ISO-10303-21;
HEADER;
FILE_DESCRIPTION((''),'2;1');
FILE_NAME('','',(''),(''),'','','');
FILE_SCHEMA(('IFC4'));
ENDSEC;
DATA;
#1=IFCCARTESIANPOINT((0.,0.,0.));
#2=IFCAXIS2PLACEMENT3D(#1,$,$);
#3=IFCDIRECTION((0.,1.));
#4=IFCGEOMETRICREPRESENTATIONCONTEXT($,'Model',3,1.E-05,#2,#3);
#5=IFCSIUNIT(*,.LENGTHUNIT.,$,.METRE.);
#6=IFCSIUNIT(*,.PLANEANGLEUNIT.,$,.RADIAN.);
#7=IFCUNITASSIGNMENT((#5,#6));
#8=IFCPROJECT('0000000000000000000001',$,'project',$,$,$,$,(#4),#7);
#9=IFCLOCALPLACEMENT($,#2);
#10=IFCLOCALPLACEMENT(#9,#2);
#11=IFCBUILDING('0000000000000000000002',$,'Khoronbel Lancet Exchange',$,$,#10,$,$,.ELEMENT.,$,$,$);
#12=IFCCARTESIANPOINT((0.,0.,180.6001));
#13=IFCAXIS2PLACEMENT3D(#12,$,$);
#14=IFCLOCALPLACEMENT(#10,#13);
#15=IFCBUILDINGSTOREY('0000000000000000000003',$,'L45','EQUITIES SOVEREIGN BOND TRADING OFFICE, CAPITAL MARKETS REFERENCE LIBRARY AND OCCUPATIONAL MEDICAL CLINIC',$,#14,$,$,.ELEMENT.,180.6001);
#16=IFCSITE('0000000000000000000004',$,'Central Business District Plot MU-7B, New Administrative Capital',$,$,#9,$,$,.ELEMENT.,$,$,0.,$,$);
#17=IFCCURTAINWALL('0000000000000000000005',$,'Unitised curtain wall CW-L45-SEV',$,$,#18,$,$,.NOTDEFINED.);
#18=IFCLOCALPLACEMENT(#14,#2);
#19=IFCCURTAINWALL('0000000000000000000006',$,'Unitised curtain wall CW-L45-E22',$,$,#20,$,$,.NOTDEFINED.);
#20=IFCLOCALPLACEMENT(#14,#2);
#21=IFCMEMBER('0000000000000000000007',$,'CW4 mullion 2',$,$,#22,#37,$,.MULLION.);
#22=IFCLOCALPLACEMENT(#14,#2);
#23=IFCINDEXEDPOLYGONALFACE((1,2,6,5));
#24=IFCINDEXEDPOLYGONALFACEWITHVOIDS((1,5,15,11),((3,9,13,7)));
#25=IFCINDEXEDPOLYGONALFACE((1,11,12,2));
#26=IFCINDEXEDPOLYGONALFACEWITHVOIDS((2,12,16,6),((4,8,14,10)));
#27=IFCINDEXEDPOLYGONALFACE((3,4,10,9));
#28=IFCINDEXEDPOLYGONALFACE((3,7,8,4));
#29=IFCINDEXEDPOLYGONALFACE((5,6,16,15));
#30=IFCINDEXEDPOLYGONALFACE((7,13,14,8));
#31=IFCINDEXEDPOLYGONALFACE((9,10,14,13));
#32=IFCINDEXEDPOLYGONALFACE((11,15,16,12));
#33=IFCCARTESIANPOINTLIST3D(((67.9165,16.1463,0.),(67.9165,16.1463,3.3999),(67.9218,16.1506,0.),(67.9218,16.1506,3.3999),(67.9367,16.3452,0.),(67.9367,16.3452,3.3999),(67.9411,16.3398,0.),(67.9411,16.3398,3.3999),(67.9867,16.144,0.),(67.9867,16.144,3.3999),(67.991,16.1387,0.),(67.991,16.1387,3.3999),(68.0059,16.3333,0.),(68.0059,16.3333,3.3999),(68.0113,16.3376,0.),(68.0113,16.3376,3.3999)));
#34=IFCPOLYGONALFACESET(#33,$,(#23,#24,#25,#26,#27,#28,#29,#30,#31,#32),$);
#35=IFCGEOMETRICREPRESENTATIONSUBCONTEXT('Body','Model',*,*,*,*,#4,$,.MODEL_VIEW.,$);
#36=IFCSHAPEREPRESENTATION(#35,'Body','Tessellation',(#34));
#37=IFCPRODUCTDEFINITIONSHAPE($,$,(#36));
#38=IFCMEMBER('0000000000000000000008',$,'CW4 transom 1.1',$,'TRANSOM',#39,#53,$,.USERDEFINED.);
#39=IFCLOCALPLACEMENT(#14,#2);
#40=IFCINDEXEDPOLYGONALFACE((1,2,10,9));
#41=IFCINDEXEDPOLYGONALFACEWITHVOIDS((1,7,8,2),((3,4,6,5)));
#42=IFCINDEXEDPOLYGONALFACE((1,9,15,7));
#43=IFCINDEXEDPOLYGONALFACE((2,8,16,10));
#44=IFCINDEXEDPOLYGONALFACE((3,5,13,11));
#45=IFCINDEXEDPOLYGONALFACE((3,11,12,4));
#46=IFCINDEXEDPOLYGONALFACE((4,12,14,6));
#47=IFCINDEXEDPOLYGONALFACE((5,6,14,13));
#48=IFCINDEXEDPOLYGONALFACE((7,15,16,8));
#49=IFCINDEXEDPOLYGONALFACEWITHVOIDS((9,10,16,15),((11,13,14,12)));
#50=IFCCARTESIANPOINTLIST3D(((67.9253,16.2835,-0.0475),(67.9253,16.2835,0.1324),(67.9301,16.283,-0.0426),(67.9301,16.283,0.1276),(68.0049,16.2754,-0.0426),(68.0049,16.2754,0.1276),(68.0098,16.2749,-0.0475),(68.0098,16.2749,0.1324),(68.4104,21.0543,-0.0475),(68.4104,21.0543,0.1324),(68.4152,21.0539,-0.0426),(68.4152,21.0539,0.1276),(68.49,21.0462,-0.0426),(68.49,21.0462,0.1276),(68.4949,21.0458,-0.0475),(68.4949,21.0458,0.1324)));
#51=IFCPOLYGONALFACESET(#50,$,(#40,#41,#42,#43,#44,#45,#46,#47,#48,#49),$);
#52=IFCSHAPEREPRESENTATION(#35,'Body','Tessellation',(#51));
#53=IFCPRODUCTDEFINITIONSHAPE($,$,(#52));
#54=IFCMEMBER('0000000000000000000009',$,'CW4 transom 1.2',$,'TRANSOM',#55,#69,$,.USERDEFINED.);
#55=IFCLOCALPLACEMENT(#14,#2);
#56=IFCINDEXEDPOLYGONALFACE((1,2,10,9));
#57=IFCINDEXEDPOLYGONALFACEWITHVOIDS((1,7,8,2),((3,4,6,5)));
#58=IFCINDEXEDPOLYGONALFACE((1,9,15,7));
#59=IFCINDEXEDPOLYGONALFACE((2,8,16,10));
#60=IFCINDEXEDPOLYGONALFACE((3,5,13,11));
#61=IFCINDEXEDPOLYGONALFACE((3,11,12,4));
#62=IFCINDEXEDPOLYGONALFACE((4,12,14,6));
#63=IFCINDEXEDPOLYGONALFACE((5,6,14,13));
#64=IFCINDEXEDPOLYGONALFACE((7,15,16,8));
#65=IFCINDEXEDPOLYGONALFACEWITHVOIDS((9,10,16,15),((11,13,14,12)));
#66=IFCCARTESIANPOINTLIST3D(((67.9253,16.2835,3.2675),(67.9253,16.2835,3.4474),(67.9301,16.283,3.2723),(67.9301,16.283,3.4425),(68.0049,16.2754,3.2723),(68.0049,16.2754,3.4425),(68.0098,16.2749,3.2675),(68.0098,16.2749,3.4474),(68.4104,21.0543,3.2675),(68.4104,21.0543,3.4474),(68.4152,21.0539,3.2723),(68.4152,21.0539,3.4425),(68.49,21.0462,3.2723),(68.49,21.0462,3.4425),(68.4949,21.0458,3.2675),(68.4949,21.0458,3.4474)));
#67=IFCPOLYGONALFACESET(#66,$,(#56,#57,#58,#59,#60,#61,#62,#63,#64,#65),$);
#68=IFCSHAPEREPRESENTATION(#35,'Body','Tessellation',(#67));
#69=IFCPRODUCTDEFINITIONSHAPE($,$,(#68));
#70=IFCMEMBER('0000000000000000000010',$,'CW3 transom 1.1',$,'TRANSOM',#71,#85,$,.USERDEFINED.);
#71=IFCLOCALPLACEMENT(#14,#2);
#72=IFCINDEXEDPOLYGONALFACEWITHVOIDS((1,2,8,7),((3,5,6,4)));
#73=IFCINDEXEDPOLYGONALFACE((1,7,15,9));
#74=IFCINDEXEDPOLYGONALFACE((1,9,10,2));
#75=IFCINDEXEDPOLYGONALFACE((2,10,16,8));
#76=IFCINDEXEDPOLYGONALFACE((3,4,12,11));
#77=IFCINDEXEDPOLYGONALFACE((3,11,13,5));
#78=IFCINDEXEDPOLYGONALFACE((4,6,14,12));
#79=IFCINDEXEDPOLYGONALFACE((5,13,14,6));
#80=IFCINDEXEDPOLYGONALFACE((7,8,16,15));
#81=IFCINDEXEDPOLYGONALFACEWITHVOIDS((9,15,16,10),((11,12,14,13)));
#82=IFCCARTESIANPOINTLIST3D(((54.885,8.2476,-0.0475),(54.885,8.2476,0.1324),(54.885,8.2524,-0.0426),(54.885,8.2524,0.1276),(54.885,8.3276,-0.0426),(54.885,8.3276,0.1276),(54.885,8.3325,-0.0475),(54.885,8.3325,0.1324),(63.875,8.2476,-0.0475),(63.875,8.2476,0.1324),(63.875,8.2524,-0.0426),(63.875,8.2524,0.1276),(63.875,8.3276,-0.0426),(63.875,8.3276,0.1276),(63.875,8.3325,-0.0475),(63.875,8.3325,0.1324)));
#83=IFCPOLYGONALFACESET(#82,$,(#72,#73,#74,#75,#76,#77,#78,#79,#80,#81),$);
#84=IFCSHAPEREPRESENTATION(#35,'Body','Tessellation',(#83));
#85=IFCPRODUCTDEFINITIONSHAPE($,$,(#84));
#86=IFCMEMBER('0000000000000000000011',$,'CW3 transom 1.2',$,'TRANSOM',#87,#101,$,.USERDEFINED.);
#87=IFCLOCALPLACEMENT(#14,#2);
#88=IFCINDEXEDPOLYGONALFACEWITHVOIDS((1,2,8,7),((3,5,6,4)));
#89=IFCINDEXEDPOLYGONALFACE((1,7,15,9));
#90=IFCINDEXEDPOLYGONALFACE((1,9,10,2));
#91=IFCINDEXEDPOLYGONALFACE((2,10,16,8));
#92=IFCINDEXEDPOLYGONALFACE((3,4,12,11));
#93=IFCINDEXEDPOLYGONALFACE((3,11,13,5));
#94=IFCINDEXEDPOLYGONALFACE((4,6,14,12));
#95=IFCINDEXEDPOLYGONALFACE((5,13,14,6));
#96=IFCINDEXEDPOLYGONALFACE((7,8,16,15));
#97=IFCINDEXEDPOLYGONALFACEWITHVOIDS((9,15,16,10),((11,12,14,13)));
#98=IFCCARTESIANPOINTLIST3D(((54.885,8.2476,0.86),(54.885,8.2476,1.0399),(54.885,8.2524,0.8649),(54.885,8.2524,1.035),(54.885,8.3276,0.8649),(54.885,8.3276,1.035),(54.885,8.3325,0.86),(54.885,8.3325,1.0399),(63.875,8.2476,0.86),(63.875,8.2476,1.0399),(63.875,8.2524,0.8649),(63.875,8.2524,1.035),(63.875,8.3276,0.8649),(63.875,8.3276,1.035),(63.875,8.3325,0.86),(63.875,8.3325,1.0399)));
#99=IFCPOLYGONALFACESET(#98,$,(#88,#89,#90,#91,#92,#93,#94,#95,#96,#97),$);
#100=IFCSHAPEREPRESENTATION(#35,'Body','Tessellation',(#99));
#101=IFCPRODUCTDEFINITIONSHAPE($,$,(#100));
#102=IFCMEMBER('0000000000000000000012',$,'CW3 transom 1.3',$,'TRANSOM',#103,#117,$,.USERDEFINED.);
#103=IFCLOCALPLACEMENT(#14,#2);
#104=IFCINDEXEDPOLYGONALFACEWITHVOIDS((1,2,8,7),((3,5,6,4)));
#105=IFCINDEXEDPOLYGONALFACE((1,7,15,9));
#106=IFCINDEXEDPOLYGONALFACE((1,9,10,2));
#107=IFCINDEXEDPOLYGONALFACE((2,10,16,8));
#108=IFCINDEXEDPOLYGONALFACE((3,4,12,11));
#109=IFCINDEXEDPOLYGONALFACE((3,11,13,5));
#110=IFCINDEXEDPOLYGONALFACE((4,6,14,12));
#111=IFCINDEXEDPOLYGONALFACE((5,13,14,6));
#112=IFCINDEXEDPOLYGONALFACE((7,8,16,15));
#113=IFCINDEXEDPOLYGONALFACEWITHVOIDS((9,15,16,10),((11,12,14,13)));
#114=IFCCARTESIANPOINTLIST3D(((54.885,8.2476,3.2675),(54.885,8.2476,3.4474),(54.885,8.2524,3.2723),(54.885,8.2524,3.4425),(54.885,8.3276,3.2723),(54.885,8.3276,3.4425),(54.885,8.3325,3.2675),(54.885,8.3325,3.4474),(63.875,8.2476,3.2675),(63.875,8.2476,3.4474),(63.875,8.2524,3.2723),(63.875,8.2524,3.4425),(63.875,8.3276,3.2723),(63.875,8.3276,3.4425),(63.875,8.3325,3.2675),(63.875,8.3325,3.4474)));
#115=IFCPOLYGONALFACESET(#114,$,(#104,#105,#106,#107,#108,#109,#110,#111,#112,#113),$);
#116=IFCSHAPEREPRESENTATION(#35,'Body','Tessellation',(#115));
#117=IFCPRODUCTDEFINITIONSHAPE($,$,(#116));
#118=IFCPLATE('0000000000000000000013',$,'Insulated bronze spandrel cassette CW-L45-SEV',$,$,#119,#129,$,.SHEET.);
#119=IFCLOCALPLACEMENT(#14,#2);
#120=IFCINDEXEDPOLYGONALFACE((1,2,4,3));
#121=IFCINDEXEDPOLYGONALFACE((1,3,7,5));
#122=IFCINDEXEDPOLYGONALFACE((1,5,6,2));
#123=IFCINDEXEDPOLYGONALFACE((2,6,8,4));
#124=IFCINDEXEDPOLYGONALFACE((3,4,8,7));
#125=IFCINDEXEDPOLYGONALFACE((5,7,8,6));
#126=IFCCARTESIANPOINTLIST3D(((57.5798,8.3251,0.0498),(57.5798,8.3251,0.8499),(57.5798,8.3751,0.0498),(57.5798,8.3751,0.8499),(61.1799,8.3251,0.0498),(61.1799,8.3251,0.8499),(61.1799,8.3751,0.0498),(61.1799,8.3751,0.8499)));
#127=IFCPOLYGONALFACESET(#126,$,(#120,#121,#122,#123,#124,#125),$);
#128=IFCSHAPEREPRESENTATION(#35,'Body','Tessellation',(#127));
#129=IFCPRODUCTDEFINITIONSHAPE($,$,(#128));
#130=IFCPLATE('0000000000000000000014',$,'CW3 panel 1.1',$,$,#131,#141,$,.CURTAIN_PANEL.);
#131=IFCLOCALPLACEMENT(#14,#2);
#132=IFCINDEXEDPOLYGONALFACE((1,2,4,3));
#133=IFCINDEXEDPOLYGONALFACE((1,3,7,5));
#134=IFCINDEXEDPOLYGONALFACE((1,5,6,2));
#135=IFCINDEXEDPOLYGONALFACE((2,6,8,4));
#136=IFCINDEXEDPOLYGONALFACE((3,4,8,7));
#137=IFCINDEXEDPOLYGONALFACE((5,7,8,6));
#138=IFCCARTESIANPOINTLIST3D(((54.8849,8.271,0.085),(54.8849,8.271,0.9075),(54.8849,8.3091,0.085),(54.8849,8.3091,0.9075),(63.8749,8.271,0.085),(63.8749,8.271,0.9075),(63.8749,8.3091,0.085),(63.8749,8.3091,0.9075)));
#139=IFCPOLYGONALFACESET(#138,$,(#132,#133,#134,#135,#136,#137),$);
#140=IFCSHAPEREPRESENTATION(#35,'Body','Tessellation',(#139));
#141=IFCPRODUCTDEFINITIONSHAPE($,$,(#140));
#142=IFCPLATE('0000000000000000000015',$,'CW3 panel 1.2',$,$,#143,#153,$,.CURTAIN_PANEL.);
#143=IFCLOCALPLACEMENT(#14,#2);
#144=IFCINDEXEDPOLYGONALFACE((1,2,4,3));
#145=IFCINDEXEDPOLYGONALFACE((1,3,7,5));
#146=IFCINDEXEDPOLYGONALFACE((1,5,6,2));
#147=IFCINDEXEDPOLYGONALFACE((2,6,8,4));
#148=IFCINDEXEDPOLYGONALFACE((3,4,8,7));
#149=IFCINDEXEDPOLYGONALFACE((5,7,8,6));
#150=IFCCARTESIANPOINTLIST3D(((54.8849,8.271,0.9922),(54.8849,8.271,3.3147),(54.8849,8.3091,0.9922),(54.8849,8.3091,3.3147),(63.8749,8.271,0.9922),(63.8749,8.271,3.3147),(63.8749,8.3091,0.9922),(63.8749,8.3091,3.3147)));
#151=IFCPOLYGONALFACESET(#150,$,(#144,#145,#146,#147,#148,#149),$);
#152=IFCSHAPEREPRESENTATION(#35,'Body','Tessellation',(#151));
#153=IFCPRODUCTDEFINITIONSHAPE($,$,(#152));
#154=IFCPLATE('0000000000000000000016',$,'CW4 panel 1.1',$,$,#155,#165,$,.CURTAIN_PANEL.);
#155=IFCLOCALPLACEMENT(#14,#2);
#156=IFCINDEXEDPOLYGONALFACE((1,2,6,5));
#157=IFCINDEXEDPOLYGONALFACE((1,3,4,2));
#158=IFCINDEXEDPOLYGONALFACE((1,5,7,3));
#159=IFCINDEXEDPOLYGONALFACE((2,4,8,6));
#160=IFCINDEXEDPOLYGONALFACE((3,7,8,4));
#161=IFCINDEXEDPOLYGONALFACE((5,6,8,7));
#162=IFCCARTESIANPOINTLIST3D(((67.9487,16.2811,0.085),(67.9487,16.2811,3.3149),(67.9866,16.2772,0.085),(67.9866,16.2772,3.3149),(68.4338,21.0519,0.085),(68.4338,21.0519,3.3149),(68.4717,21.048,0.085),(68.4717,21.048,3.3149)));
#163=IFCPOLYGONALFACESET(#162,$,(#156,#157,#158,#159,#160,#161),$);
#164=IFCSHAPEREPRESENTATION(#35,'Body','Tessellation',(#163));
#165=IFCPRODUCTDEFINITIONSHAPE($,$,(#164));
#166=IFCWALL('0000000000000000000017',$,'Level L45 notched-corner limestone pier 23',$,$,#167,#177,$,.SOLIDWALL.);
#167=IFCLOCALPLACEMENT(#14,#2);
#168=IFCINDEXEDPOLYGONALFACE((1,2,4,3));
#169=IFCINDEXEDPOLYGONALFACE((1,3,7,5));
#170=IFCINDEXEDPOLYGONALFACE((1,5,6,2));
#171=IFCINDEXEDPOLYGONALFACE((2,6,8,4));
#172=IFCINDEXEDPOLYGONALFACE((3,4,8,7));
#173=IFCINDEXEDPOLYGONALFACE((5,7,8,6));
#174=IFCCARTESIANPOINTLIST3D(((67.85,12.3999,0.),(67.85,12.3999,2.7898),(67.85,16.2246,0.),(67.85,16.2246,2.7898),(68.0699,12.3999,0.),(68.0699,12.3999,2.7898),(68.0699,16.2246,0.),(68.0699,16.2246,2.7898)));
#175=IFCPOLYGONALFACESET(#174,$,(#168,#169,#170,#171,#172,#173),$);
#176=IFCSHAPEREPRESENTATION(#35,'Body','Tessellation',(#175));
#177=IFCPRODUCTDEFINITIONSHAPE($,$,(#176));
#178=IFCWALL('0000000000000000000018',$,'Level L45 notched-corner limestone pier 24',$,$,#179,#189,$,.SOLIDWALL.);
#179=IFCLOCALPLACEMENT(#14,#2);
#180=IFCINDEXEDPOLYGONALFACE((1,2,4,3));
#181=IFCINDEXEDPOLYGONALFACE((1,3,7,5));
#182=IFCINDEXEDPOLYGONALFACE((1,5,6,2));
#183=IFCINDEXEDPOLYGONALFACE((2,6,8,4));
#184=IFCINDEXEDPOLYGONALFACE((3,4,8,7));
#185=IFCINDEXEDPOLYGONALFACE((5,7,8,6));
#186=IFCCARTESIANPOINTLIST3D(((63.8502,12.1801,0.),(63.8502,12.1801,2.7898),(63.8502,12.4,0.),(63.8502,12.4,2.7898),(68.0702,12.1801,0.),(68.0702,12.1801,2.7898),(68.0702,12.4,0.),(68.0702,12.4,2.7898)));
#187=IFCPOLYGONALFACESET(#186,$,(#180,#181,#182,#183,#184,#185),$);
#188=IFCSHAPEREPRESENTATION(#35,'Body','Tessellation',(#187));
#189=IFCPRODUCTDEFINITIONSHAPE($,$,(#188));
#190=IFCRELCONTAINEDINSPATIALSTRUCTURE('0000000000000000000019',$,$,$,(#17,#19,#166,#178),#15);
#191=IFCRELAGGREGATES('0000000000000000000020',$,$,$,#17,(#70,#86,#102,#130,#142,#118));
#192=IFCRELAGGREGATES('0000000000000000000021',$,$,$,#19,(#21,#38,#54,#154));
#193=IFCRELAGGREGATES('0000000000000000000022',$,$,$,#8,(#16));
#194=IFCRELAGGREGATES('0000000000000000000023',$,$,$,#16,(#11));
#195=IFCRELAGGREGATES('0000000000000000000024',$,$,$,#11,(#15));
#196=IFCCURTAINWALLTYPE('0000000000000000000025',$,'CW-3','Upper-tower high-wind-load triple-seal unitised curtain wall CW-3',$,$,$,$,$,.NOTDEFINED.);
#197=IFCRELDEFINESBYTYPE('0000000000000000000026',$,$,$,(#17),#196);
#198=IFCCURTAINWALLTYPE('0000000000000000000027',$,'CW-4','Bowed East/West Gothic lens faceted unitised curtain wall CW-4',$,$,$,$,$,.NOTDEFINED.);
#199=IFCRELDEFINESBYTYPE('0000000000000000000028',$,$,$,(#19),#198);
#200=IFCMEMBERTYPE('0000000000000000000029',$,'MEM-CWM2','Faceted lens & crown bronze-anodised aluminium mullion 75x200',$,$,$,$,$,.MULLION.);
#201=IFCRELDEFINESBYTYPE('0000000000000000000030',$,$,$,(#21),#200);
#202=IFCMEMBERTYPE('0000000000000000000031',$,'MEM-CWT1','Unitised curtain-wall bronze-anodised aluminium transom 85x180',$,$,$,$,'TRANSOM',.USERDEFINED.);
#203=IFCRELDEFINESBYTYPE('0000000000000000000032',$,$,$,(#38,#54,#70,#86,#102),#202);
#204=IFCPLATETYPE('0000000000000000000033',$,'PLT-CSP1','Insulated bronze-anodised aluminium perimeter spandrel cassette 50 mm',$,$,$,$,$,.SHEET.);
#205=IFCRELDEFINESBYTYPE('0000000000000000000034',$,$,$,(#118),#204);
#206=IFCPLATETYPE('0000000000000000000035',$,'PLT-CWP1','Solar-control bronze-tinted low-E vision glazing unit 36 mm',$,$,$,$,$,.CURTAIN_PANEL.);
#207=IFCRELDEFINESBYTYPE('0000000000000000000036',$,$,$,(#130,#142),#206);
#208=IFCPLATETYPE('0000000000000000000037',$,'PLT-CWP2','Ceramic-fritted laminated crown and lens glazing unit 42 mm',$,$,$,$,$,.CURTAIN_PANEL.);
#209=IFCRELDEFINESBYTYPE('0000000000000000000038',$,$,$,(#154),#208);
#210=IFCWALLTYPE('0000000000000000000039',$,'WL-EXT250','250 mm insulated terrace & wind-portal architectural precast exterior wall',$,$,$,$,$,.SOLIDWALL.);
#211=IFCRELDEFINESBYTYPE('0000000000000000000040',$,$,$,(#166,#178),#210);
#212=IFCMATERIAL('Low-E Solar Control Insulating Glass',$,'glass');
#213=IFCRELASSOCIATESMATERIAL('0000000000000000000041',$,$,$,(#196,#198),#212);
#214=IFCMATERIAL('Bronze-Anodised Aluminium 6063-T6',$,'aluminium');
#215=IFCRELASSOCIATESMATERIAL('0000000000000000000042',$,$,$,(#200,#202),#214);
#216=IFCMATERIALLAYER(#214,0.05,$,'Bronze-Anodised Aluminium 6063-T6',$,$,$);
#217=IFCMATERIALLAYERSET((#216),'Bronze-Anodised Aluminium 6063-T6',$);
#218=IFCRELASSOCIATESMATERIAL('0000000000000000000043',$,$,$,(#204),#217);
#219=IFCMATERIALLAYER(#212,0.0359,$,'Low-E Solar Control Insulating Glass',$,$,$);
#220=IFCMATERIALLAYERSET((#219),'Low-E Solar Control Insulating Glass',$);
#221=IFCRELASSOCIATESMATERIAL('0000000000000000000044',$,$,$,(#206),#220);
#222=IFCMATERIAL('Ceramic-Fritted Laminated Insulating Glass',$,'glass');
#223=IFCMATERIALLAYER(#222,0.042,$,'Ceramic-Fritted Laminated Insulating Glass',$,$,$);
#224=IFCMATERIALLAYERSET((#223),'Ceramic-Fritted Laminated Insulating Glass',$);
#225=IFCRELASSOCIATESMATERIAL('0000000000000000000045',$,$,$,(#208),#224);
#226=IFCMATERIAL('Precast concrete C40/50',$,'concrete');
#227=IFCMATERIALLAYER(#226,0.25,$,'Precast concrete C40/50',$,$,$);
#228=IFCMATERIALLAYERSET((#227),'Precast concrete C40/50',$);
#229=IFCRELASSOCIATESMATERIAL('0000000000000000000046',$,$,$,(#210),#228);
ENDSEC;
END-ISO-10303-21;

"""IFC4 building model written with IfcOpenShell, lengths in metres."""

from ifc_helpers import new_model, si_unit, direction, frame, frame_2d, origin, origin_2d, place, context, subcontext, project, spatial, rectangle, hollow_rectangle, extrude, material, layer, layer_set, material_profile, profile_set, type_object, element, aggregate, save


model = new_model("IFC4")

# Units and contexts
model_context = context("Model", 3, precision=1e-05, world=origin(), true_north=direction((0.0, 1.0)))
body_context = subcontext(model_context, "Body", "Model", "MODEL_VIEW")
ifc_project = project(units=[si_unit("LENGTHUNIT", "METRE"), si_unit("PLANEANGLEUNIT", "RADIAN")], contexts=[model_context])

# Site, building, storey
site_placement = place(None, origin())
site = spatial("IfcSite", under=ifc_project, at=site_placement, Name="Central Business District Plot MU-7B, New Administrative Capital", CompositionType="ELEMENT", RefElevation=0.0)
building_placement = place(site_placement, origin())
building = spatial("IfcBuilding", under=site, at=building_placement, Name="Khoronbel Lancet Exchange", CompositionType="ELEMENT")
storey_placement = place(building_placement, frame((0.0, 0.0, 180.6001)))
storey = spatial("IfcBuildingStorey", under=building, at=storey_placement, Name="L45", Description="EQUITIES SOVEREIGN BOND TRADING OFFICE, CAPITAL MARKETS REFERENCE LIBRARY AND OCCUPATIONAL MEDICAL CLINIC", CompositionType="ELEMENT", Elevation=180.6001)

# Shared definitions
ifc_material_1 = material(Name="Low-E Solar Control Insulating Glass", Category="glass")
curtain_wall_type_1 = type_object("IfcCurtainWallType", Name="CW-3", Description="Upper-tower high-wind-load triple-seal unitised curtain wall CW-3", PredefinedType="NOTDEFINED", material=ifc_material_1)
ifc_material_2 = material(Name="Bronze-Anodised Aluminium 6063-T6", Category="aluminium")

# Curtain wall
curtain_wall_1_placement = place(storey_placement, origin())
curtain_wall_1 = element("IfcCurtainWall", 1, at=curtain_wall_1_placement, inside=storey, type_object=curtain_wall_type_1, Name="Unitised curtain wall CW-L45-SEV", PredefinedType="NOTDEFINED")

# Shared definitions
curtain_wall_type_2 = type_object("IfcCurtainWallType", Name="CW-4", Description="Bowed East/West Gothic lens faceted unitised curtain wall CW-4", PredefinedType="NOTDEFINED", material=ifc_material_1)
ifc_material_profile_1 = material_profile(ifc_material_2, hollow_rectangle(XDim=0.075, YDim=0.2, WallThickness=0.0049, at=origin_2d()), Name="ALU MULLION 75x200")
ifc_profile_set_1 = profile_set([ifc_material_profile_1], Name="Bronze-Anodised Aluminium 6063-T6")
member_type_1 = type_object("IfcMemberType", Name="MEM-CWM2", Description="Faceted lens & crown bronze-anodised aluminium mullion 75x200", PredefinedType="MULLION", material=ifc_profile_set_1)

# Curtain wall, members
curtain_wall_2_placement = place(storey_placement, origin())
curtain_wall_2 = element("IfcCurtainWall", 2, at=curtain_wall_2_placement, inside=storey, type_object=curtain_wall_type_2, Name="Unitised curtain wall CW-L45-E22", PredefinedType="NOTDEFINED")
member_1_placement = place(storey_placement, frame((67.9639, 16.2419, 0.0), z_axis=(0.0, 0.0, 1.0), x_axis=(0.99487, -0.101165, 0.0)))
member_1 = element("IfcMember", 3, at=member_1_placement, type_object=member_type_1, Name="CW4 mullion 2", PredefinedType="MULLION", context=body_context, shape_type="SweptSolid", body=[
    extrude(hollow_rectangle(XDim=0.075, YDim=0.2, WallThickness=0.0049, at=origin_2d()), origin(), (0.0, 0.0, 1.0), 3.3999),
])
ifc_material_profile_2 = material_profile(ifc_material_2, hollow_rectangle(XDim=0.085, YDim=0.1799, WallThickness=0.0049, at=origin_2d()), Name="ALU TRANSOM 85x180")
ifc_profile_set_2 = profile_set([ifc_material_profile_2], Name="Bronze-Anodised Aluminium 6063-T6")
member_type_2 = type_object("IfcMemberType", Name="MEM-CWT1", Description="Unitised curtain-wall bronze-anodised aluminium transom 85x180", ElementType="TRANSOM", PredefinedType="USERDEFINED", material=ifc_profile_set_2)
member_2_placement = place(storey_placement, frame((68.4526, 21.05, 0.0425), z_axis=(-0.101162, -0.99487, 0.0), x_axis=(0.99487, -0.101162, 0.0)))
member_2 = element("IfcMember", 4, at=member_2_placement, type_object=member_type_2, Name="CW4 transom 1.1", ObjectType="TRANSOM", PredefinedType="USERDEFINED", context=body_context, shape_type="SweptSolid", body=[
    extrude(hollow_rectangle(XDim=0.085, YDim=0.1799, WallThickness=0.0049, at=origin_2d()), origin(), (0.0, 0.0, 1.0), 4.7954),
])
member_3_placement = place(storey_placement, frame((68.4526, 21.05, 3.3574), z_axis=(-0.101162, -0.99487, 0.0), x_axis=(0.99487, -0.101162, 0.0)))
member_3 = element("IfcMember", 5, at=member_3_placement, type_object=member_type_2, Name="CW4 transom 1.2", ObjectType="TRANSOM", PredefinedType="USERDEFINED", context=body_context, shape_type="SweptSolid", body=[
    extrude(hollow_rectangle(XDim=0.085, YDim=0.1799, WallThickness=0.0049, at=origin_2d()), origin(), (0.0, 0.0, 1.0), 4.7954),
])

# Members
member_4_placement = place(storey_placement, frame((54.885, 8.29, 0.0425), z_axis=(1.0, 0.0, 0.0), x_axis=(0.0, 1.0, 0.0)))
member_4 = element("IfcMember", 6, at=member_4_placement, type_object=member_type_2, Name="CW3 transom 1.1", ObjectType="TRANSOM", PredefinedType="USERDEFINED", context=body_context, shape_type="SweptSolid", body=[
    extrude(hollow_rectangle(XDim=0.085, YDim=0.1799, WallThickness=0.0049, at=origin_2d()), origin(), (0.0, 0.0, 1.0), 8.99),
])
member_5_placement = place(storey_placement, frame((54.885, 8.29, 0.95), z_axis=(1.0, 0.0, 0.0), x_axis=(0.0, 1.0, 0.0)))
member_5 = element("IfcMember", 7, at=member_5_placement, type_object=member_type_2, Name="CW3 transom 1.2", ObjectType="TRANSOM", PredefinedType="USERDEFINED", context=body_context, shape_type="SweptSolid", body=[
    extrude(hollow_rectangle(XDim=0.085, YDim=0.1799, WallThickness=0.0049, at=origin_2d()), origin(), (0.0, 0.0, 1.0), 8.99),
])
member_6_placement = place(storey_placement, frame((54.885, 8.29, 3.3574), z_axis=(1.0, 0.0, 0.0), x_axis=(0.0, 1.0, 0.0)))
member_6 = element("IfcMember", 8, at=member_6_placement, type_object=member_type_2, Name="CW3 transom 1.3", ObjectType="TRANSOM", PredefinedType="USERDEFINED", context=body_context, shape_type="SweptSolid", body=[
    extrude(hollow_rectangle(XDim=0.085, YDim=0.1799, WallThickness=0.0049, at=origin_2d()), origin(), (0.0, 0.0, 1.0), 8.99),
])

# Plates
ifc_layer_1 = layer(ifc_material_2, 0.05, Name="Bronze-Anodised Aluminium 6063-T6")
ifc_layer_set_1 = layer_set([ifc_layer_1], Name="Bronze-Anodised Aluminium 6063-T6")
plate_type_1 = type_object("IfcPlateType", Name="PLT-CSP1", Description="Insulated bronze-anodised aluminium perimeter spandrel cassette 50 mm", PredefinedType="SHEET", material=ifc_layer_set_1)
plate_1_placement = place(storey_placement, frame((59.3799, 8.3501, 0.0498), z_axis=(0.0, 0.0, 1.0), x_axis=(1.0, 0.0, 0.0)))
plate_1 = element("IfcPlate", 9, at=plate_1_placement, type_object=plate_type_1, Name="Insulated bronze spandrel cassette CW-L45-SEV", PredefinedType="SHEET", context=body_context, shape_type="SweptSolid", body=[
    extrude(rectangle(XDim=3.6001, YDim=0.05, at=origin_2d()), origin(), (0.0, 0.0, 1.0), 0.8),
])
ifc_layer_2 = layer(ifc_material_1, 0.0359, Name="Low-E Solar Control Insulating Glass")
ifc_layer_set_2 = layer_set([ifc_layer_2], Name="Low-E Solar Control Insulating Glass")
plate_type_2 = type_object("IfcPlateType", Name="PLT-CWP1", Description="Solar-control bronze-tinted low-E vision glazing unit 36 mm", PredefinedType="CURTAIN_PANEL", material=ifc_layer_set_2)
plate_2_placement = place(storey_placement, frame((59.3799, 8.29, 0.085), z_axis=(0.0, 0.0, 1.0), x_axis=(1.0, 0.0, 0.0)))
plate_2 = element("IfcPlate", 10, at=plate_2_placement, type_object=plate_type_2, Name="CW3 panel 1.1", PredefinedType="CURTAIN_PANEL", context=body_context, shape_type="SweptSolid", body=[
    extrude(rectangle(XDim=8.99, YDim=0.0381, at=origin_2d()), origin(), (0.0, 0.0, 1.0), 0.8225),
])
plate_3_placement = place(storey_placement, frame((59.3799, 8.29, 0.9922), z_axis=(0.0, 0.0, 1.0), x_axis=(1.0, 0.0, 0.0)))
plate_3 = element("IfcPlate", 11, at=plate_3_placement, type_object=plate_type_2, Name="CW3 panel 1.2", PredefinedType="CURTAIN_PANEL", context=body_context, shape_type="SweptSolid", body=[
    extrude(rectangle(XDim=8.99, YDim=0.0381, at=origin_2d()), origin(), (0.0, 0.0, 1.0), 2.3225),
])
aggregate(curtain_wall_1, [member_4, member_5, member_6, plate_2, plate_3, plate_1])
ifc_material_3 = material(Name="Ceramic-Fritted Laminated Insulating Glass", Category="glass")
ifc_layer_3 = layer(ifc_material_3, 0.042, Name="Ceramic-Fritted Laminated Insulating Glass")
ifc_layer_set_3 = layer_set([ifc_layer_3], Name="Ceramic-Fritted Laminated Insulating Glass")
plate_type_3 = type_object("IfcPlateType", Name="PLT-CWP2", Description="Ceramic-fritted laminated crown and lens glazing unit 42 mm", PredefinedType="CURTAIN_PANEL", material=ifc_layer_set_3)
plate_4_placement = place(storey_placement, frame((68.2102, 18.6646, 0.085), z_axis=(0.0, 0.0, 1.0), x_axis=(-0.101165, -0.99487, 0.0)))
plate_4 = element("IfcPlate", 12, at=plate_4_placement, type_object=plate_type_3, Name="CW4 panel 1.1", PredefinedType="CURTAIN_PANEL", context=body_context, shape_type="SweptSolid", body=[
    extrude(rectangle(XDim=4.7954, YDim=0.0381, at=origin_2d()), origin(), (0.0, 0.0, 1.0), 3.23),
])
aggregate(curtain_wall_2, [member_1, member_2, member_3, plate_4])

# Walls
ifc_material_4 = material(Name="Precast concrete C40/50", Category="concrete")
ifc_layer_4 = layer(ifc_material_4, 0.25, Name="Precast concrete C40/50")
ifc_layer_set_4 = layer_set([ifc_layer_4], Name="Precast concrete C40/50")
wall_type_1 = type_object("IfcWallType", Name="WL-EXT250", Description="250 mm insulated terrace & wind-portal architectural precast exterior wall", PredefinedType="SOLIDWALL", material=ifc_layer_set_4)
wall_1_placement = place(storey_placement, frame((67.96, 16.2246, 0.0), z_axis=(0.0, 0.0, 1.0), x_axis=(0.0, -1.0, 0.0)))
element("IfcWall", 13, at=wall_1_placement, inside=storey, type_object=wall_type_1, Name="Level L45 notched-corner limestone pier 23", PredefinedType="SOLIDWALL", context=body_context, shape_type="SweptSolid", body=[
    extrude(rectangle(XDim=3.8247, YDim=0.22, at=frame_2d((1.9124, 0.0))), origin(), (0.0, 0.0, 1.0), 2.7898),
])
wall_2_placement = place(storey_placement, frame((68.0701, 12.29, 0.0), z_axis=(0.0, 0.0, 1.0), x_axis=(-1.0, 0.0, 0.0)))
element("IfcWall", 14, at=wall_2_placement, inside=storey, type_object=wall_type_1, Name="Level L45 notched-corner limestone pier 24", PredefinedType="SOLIDWALL", context=body_context, shape_type="SweptSolid", body=[
    extrude(rectangle(XDim=4.22, YDim=0.22, at=frame_2d((2.1099, 0.0))), origin(), (0.0, 0.0, 1.0), 2.7898),
])

save(model, "model.ifc")
